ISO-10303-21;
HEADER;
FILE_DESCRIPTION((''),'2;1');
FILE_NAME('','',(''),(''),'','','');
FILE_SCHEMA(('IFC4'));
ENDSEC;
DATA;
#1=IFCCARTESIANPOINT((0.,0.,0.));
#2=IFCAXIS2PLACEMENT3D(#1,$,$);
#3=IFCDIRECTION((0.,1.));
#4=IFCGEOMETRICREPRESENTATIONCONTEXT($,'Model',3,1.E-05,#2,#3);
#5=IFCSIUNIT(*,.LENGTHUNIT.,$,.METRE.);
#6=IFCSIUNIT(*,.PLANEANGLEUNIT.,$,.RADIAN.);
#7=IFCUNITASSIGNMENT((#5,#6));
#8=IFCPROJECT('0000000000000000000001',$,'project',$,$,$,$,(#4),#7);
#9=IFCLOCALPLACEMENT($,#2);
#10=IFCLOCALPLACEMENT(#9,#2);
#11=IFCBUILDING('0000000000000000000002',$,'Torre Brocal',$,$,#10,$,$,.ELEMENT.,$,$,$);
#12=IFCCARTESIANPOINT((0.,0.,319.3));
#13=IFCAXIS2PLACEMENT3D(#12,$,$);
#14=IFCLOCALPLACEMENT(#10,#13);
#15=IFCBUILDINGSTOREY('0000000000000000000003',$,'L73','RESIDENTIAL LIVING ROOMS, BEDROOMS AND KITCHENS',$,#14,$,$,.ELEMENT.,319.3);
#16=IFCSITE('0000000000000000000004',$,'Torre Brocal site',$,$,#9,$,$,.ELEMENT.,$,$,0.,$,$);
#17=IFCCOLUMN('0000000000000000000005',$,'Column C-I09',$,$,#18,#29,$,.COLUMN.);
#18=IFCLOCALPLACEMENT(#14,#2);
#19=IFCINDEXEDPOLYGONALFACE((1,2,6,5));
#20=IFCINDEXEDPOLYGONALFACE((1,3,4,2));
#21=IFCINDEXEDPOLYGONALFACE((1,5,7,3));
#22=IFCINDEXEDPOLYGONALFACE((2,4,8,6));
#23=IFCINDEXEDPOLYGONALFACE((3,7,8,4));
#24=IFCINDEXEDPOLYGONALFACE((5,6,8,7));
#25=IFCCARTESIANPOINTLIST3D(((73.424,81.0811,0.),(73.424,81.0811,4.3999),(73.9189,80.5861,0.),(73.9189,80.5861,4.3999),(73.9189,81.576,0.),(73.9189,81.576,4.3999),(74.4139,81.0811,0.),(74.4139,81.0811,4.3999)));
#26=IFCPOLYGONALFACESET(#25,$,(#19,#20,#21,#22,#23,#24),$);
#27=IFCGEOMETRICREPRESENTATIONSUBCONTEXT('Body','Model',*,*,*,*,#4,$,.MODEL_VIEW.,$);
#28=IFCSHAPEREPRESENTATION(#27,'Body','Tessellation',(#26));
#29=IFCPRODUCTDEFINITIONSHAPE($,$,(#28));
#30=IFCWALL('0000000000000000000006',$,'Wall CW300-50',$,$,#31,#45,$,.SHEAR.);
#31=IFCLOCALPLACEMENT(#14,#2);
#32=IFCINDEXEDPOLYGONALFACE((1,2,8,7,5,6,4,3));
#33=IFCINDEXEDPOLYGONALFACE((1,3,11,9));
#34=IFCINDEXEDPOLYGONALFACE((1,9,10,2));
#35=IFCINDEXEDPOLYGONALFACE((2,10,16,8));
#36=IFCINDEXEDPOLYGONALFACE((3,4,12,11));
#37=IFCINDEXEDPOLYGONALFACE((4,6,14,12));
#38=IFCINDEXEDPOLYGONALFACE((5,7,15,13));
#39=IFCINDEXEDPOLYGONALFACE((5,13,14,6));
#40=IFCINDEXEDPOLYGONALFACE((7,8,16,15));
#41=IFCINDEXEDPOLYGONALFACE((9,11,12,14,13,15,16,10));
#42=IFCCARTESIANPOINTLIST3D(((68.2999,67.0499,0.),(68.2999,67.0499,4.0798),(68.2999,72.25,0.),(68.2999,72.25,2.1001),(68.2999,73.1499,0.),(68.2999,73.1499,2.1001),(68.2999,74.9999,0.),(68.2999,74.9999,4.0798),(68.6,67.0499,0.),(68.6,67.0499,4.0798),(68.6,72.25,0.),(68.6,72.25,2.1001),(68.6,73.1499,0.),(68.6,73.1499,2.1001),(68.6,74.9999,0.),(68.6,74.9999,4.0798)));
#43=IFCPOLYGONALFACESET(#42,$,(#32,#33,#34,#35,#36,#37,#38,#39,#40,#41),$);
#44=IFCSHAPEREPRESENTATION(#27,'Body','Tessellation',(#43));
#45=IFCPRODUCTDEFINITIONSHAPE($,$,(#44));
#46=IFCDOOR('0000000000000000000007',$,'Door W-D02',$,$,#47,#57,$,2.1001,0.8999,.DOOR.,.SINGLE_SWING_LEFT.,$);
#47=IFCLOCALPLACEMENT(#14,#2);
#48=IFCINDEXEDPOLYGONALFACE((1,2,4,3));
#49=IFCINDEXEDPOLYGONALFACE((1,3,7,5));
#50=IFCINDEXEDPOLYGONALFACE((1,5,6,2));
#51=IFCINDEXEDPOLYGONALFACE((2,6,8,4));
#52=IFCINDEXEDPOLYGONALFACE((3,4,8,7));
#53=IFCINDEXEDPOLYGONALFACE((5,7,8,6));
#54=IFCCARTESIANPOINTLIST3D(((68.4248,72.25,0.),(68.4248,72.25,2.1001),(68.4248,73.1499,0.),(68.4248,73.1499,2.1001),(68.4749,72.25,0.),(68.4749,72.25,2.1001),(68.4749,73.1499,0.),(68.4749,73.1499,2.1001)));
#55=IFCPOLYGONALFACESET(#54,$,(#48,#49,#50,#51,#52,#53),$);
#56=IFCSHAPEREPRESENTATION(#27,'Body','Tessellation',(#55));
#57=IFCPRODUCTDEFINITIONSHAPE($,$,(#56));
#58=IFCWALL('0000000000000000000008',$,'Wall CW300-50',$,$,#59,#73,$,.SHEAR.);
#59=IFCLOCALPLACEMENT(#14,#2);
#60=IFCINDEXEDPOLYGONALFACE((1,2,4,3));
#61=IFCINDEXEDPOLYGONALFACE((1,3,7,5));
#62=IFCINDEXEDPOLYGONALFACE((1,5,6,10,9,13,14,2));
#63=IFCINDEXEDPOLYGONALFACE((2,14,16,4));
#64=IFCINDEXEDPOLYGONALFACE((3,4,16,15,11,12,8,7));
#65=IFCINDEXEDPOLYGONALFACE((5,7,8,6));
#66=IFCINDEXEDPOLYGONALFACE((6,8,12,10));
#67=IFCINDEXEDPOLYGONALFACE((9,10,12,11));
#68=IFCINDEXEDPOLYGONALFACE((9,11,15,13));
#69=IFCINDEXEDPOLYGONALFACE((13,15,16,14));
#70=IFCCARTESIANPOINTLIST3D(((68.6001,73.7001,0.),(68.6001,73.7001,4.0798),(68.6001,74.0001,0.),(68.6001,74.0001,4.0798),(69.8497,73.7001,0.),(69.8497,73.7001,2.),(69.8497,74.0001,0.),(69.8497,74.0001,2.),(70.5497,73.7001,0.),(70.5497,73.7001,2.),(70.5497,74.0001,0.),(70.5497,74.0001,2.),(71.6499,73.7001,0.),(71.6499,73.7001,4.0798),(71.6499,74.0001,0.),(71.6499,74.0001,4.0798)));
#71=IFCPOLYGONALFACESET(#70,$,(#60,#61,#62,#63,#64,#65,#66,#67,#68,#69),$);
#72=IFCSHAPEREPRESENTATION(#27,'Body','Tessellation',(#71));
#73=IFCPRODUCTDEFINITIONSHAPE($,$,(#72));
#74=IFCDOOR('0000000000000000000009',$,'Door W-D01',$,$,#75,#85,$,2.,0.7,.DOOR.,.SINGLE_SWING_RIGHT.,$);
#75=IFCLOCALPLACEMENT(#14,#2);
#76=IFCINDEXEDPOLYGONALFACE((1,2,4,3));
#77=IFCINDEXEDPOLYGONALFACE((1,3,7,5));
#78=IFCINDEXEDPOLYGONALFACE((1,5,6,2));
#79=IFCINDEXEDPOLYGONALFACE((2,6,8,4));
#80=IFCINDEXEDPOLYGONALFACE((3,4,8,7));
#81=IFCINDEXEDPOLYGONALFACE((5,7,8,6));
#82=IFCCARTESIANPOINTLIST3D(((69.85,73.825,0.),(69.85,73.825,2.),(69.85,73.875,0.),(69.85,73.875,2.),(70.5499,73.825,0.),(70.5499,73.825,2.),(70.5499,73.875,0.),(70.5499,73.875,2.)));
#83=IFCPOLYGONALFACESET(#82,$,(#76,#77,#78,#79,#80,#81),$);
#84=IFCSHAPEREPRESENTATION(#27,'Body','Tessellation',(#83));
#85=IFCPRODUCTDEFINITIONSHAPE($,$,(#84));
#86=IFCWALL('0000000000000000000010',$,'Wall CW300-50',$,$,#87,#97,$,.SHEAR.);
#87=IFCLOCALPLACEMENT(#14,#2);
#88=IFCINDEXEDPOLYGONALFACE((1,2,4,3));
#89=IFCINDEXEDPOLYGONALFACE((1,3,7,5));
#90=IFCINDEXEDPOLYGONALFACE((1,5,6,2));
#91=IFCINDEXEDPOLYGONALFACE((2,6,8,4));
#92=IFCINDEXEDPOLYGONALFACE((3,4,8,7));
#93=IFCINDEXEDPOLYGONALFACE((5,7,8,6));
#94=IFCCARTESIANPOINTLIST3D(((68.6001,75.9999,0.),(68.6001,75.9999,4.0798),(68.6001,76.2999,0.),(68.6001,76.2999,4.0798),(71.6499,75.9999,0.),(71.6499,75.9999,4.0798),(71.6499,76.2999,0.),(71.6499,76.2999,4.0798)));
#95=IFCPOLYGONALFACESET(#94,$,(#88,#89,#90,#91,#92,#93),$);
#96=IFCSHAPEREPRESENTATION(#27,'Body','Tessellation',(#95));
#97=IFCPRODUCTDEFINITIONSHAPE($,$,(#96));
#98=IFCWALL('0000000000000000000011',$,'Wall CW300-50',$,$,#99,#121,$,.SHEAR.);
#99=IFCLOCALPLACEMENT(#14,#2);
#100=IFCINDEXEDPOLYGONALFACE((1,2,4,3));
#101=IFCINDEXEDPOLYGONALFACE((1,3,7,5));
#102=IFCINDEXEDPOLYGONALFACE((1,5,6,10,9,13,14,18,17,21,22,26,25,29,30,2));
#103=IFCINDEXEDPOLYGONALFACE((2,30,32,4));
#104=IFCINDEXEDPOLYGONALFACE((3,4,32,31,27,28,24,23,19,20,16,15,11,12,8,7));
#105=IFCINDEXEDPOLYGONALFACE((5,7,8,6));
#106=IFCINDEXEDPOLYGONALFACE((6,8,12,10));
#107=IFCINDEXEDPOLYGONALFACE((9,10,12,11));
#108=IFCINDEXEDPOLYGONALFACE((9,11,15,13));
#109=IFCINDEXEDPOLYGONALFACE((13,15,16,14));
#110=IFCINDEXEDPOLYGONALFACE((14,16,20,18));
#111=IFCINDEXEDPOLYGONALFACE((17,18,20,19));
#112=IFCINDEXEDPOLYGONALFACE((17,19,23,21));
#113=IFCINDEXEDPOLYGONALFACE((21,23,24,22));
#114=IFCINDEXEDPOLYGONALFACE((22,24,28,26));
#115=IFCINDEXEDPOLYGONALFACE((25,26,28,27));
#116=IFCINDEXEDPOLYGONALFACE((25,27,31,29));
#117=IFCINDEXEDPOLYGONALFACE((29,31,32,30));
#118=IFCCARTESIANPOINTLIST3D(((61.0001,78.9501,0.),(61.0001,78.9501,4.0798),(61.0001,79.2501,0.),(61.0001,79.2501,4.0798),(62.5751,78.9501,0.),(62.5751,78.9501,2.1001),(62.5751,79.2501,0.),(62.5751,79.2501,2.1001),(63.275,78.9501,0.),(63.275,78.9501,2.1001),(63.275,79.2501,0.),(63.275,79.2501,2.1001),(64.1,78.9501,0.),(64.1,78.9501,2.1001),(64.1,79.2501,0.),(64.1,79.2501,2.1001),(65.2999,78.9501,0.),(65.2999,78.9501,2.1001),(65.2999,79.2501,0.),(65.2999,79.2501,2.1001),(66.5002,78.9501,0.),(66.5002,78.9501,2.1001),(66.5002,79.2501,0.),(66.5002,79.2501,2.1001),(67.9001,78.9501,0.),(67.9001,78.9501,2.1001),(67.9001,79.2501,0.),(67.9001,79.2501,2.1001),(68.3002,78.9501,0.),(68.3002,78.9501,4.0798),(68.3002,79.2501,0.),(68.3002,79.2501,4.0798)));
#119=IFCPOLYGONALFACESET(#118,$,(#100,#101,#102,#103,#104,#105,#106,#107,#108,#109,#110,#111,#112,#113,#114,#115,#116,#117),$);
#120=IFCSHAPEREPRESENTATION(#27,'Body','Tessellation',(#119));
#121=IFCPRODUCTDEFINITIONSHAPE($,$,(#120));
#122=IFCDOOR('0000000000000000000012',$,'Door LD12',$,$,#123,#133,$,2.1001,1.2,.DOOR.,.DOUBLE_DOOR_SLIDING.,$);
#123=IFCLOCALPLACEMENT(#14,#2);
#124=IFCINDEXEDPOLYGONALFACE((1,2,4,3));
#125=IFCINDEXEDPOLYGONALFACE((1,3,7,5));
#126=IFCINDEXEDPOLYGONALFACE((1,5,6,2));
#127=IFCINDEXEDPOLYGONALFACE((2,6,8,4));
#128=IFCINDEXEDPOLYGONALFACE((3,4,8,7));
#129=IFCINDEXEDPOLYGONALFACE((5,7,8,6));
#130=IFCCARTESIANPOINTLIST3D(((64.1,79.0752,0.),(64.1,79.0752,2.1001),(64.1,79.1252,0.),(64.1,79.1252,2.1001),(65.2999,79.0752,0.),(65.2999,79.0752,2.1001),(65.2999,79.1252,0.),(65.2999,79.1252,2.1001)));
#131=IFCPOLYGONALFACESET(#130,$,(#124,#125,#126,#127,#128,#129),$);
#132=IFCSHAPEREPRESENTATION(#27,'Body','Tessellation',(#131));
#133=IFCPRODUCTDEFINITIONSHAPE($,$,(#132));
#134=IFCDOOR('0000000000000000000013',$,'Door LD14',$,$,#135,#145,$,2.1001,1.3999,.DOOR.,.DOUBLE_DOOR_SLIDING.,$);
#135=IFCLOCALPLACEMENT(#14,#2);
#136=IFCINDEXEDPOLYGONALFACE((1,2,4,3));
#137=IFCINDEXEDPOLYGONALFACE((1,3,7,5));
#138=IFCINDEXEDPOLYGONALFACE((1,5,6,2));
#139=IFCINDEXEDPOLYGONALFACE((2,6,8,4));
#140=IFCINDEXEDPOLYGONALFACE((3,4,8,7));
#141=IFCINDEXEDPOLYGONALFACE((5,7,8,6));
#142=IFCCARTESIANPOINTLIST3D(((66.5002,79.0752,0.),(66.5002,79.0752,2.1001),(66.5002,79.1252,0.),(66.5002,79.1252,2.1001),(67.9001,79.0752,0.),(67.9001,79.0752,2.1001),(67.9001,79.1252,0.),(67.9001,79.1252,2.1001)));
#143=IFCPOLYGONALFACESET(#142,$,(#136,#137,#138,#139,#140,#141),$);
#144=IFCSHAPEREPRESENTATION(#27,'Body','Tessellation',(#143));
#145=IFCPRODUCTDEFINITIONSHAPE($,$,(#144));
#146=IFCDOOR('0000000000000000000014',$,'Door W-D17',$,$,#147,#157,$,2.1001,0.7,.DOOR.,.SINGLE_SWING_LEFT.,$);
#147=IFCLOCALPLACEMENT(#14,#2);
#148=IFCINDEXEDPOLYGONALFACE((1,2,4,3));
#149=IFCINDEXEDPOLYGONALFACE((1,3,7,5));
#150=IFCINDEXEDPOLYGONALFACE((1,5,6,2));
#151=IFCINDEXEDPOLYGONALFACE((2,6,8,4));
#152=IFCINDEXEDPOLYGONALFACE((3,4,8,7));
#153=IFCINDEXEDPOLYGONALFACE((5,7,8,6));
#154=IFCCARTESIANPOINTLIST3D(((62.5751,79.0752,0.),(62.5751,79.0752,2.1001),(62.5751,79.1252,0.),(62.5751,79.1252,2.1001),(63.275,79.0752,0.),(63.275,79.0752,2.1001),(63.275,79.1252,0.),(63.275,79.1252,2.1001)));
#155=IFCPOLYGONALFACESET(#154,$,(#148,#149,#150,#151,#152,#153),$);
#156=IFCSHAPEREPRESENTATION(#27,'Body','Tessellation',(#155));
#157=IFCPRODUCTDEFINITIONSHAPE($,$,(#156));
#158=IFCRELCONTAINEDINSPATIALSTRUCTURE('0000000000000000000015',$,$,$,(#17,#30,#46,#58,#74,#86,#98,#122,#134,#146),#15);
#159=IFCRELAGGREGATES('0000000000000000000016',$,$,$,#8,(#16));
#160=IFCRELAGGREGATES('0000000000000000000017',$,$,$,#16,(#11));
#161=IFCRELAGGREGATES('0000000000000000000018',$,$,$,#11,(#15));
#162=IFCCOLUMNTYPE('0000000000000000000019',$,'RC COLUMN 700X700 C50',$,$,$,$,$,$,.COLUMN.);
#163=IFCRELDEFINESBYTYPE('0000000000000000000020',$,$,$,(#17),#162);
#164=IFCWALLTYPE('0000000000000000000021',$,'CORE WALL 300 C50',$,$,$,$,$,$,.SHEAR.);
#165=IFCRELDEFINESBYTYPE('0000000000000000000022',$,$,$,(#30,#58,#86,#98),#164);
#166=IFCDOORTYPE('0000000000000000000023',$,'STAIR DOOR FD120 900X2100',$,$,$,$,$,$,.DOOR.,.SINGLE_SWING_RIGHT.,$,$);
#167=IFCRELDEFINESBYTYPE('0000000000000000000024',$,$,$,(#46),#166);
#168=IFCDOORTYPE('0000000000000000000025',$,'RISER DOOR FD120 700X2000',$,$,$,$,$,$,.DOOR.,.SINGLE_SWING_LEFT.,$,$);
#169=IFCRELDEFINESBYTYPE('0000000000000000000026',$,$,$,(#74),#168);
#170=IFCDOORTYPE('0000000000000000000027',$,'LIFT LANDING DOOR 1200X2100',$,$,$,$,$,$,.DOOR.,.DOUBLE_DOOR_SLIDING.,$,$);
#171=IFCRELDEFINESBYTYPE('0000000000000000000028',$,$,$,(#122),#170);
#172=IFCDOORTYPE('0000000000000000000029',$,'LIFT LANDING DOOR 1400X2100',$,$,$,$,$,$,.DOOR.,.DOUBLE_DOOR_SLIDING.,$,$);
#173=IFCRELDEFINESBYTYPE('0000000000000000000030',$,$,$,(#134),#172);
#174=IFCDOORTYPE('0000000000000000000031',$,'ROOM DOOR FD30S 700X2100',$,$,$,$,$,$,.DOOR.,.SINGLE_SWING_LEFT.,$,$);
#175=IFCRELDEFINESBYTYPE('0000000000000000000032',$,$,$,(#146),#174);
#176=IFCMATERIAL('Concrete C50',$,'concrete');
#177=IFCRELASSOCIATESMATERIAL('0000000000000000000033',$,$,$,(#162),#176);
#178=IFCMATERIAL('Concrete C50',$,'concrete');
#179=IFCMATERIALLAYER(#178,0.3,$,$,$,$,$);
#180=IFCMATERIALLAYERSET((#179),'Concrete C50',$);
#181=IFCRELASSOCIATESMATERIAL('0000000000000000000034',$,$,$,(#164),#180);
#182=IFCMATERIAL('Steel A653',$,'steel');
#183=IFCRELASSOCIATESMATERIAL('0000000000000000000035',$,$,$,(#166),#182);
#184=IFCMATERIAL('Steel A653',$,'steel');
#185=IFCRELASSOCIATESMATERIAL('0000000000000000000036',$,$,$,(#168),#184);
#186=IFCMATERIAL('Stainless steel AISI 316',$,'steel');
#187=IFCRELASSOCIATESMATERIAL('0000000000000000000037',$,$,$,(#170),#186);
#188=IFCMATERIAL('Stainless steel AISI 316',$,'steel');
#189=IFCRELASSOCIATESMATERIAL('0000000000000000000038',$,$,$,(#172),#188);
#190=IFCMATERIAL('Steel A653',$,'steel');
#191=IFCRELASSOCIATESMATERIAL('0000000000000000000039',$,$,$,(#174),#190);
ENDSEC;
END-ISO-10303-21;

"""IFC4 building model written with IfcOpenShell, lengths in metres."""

from ifc_helpers import new_model, si_unit, direction, frame, frame_2d, origin, origin_2d, place, context, subcontext, project, spatial, rectangle, extrude, material, layer, layer_set, material_profile, profile_set, type_object, element, fill, save


model = new_model("IFC4")

# Units and contexts
model_context = context("Model", 3, precision=1e-05, world=origin(), true_north=direction((0.0, 1.0)))
body_context = subcontext(model_context, "Body", "Model", "MODEL_VIEW")
ifc_project = project(units=[si_unit("LENGTHUNIT", "METRE"), si_unit("PLANEANGLEUNIT", "RADIAN")], contexts=[model_context])

# Site, building, storey
site_placement = place(None, origin())
site = spatial("IfcSite", under=ifc_project, at=site_placement, Name="Torre Brocal site", CompositionType="ELEMENT", RefElevation=0.0)
building_placement = place(site_placement, origin())
building = spatial("IfcBuilding", under=site, at=building_placement, Name="Torre Brocal", CompositionType="ELEMENT")
storey_placement = place(building_placement, frame((0.0, 0.0, 319.3)))
storey = spatial("IfcBuildingStorey", under=building, at=storey_placement, Name="L73", Description="RESIDENTIAL LIVING ROOMS, BEDROOMS AND KITCHENS", CompositionType="ELEMENT", Elevation=319.3)

# Column
ifc_material_1 = material(Name="Concrete C50", Category="concrete")
ifc_material_profile = material_profile(ifc_material_1, rectangle(XDim=0.7, YDim=0.7, at=origin_2d()), Name="RC 700X700")
ifc_profile_set = profile_set([ifc_material_profile], Name="Concrete C50")
column_type = type_object("IfcColumnType", Name="RC COLUMN 700X700 C50", PredefinedType="COLUMN", material=ifc_profile_set)
column_placement = place(storey_placement, frame((73.9189, 81.0811, 0.0), z_axis=(0.0, 0.0, 1.0), x_axis=(-0.707107, 0.707107, 0.0)))
element("IfcColumn", 1, at=column_placement, inside=storey, type_object=column_type, Name="Column C-I09", PredefinedType="COLUMN", context=body_context, shape_type="SweptSolid", body=[
    extrude(rectangle(XDim=0.7, YDim=0.7, at=origin_2d()), origin(), (0.0, 0.0, 1.0), 4.3999),
])

# Walls, openings, doors
ifc_material_2 = material(Name="Concrete C50", Category="concrete")
ifc_layer_1 = layer(ifc_material_2, 0.3)
ifc_layer_set_1 = layer_set([ifc_layer_1], Name="Concrete C50")
wall_type_1 = type_object("IfcWallType", Name="CORE WALL 300 C50", PredefinedType="SHEAR", material=ifc_layer_set_1)
wall_1_placement = place(storey_placement, frame((68.45, 75.0, 0.0), z_axis=(0.0, 0.0, 1.0), x_axis=(0.0, -1.0, 0.0)))
wall_1 = element("IfcWall", 2, at=wall_1_placement, inside=storey, type_object=wall_type_1, Name="Wall CW300-50", PredefinedType="SHEAR", context=body_context, shape_type="SweptSolid", body=[
    extrude(rectangle(XDim=7.95, YDim=0.3, at=frame_2d((3.9751, 0.0))), origin(), (0.0, 0.0, 1.0), 4.0798),
])
opening_1_placement = place(wall_1_placement, frame((1.8501, 0.0, 0.0)))
opening_1 = element("IfcOpeningElement", 3, at=opening_1_placement, cuts=wall_1, PredefinedType="OPENING", context=body_context, shape_type="SweptSolid", body=[
    extrude(rectangle(XDim=0.8999, YDim=2.1001, at=frame_2d((0.45, 1.05))), frame((0.0, 0.1599, 0.0), z_axis=(0.0, -1.0, 0.0), x_axis=(1.0, 0.0, 0.0)), (0.0, 0.0, 1.0), 0.3201),
])
ifc_material_3 = material(Name="Steel A653", Category="steel")
door_type_1 = type_object("IfcDoorType", Name="STAIR DOOR FD120 900X2100", OperationType="SINGLE_SWING_RIGHT", PredefinedType="DOOR", material=ifc_material_3)
door_1_placement = place(opening_1_placement, origin())
door_1 = element("IfcDoor", 4, at=door_1_placement, inside=storey, type_object=door_type_1, Name="Door W-D02", OperationType="SINGLE_SWING_LEFT", OverallHeight=2.1001, OverallWidth=0.8999, PredefinedType="DOOR", context=body_context, shape_type="SweptSolid", body=[
    extrude(rectangle(XDim=0.8999, YDim=2.1001, at=frame_2d((0.45, 1.05))), frame((0.0, 0.0249, 0.0), z_axis=(0.0, -1.0, 0.0), x_axis=(1.0, 0.0, 0.0)), (0.0, 0.0, 1.0), 0.05),
])
fill(opening_1, door_1)
wall_2_placement = place(storey_placement, frame((71.6499, 73.8501, 0.0), z_axis=(0.0, 0.0, 1.0), x_axis=(-1.0, 0.0, 0.0)))
wall_2 = element("IfcWall", 5, at=wall_2_placement, inside=storey, type_object=wall_type_1, Name="Wall CW300-50", PredefinedType="SHEAR", context=body_context, shape_type="SweptSolid", body=[
    extrude(rectangle(XDim=3.0498, YDim=0.3, at=frame_2d((1.5249, 0.0))), origin(), (0.0, 0.0, 1.0), 4.0798),
])
opening_2_placement = place(wall_2_placement, frame((1.1001, 0.0, 0.0)))
opening_2 = element("IfcOpeningElement", 6, at=opening_2_placement, cuts=wall_2, PredefinedType="OPENING", context=body_context, shape_type="SweptSolid", body=[
    extrude(rectangle(XDim=0.7, YDim=2.0, at=frame_2d((0.3501, 1.0))), frame((0.0, 0.1599, 0.0), z_axis=(0.0, -1.0, 0.0), x_axis=(1.0, 0.0, 0.0)), (0.0, 0.0, 1.0), 0.3201),
])
ifc_material_4 = material(Name="Steel A653", Category="steel")
door_type_2 = type_object("IfcDoorType", Name="RISER DOOR FD120 700X2000", OperationType="SINGLE_SWING_LEFT", PredefinedType="DOOR", material=ifc_material_4)
door_2_placement = place(opening_2_placement, frame((0.7, 0.0, 0.0), z_axis=(0.0, 0.0, 1.0), x_axis=(-1.0, 0.0, 0.0)))
door_2 = element("IfcDoor", 7, at=door_2_placement, inside=storey, type_object=door_type_2, Name="Door W-D01", OperationType="SINGLE_SWING_RIGHT", OverallHeight=2.0, OverallWidth=0.7, PredefinedType="DOOR", context=body_context, shape_type="SweptSolid", body=[
    extrude(rectangle(XDim=0.7, YDim=2.0, at=frame_2d((0.3501, 1.0))), frame((0.0, 0.0249, 0.0), z_axis=(0.0, -1.0, 0.0), x_axis=(1.0, 0.0, 0.0)), (0.0, 0.0, 1.0), 0.05),
])
fill(opening_2, door_2)

# Wall
wall_3_placement = place(storey_placement, frame((71.6499, 76.1499, 0.0), z_axis=(0.0, 0.0, 1.0), x_axis=(-1.0, 0.0, 0.0)))
element("IfcWall", 8, at=wall_3_placement, inside=storey, type_object=wall_type_1, Name="Wall CW300-50", PredefinedType="SHEAR", context=body_context, shape_type="SweptSolid", body=[
    extrude(rectangle(XDim=3.0498, YDim=0.3, at=frame_2d((1.5249, 0.0))), origin(), (0.0, 0.0, 1.0), 4.0798),
])

# Wall, openings, doors
wall_4_placement = place(storey_placement, frame((68.3, 79.1001, 0.0), z_axis=(0.0, 0.0, 1.0), x_axis=(-1.0, 0.0, 0.0)))
wall_4 = element("IfcWall", 9, at=wall_4_placement, inside=storey, type_object=wall_type_1, Name="Wall CW300-50", PredefinedType="SHEAR", context=body_context, shape_type="SweptSolid", body=[
    extrude(rectangle(XDim=7.3, YDim=0.3, at=frame_2d((3.6499, 0.0))), origin(), (0.0, 0.0, 1.0), 4.0798),
])
opening_3_placement = place(wall_4_placement, frame((0.3999, 0.0, 0.0)))
opening_3 = element("IfcOpeningElement", 10, at=opening_3_placement, cuts=wall_4, PredefinedType="OPENING", context=body_context, shape_type="SweptSolid", body=[
    extrude(rectangle(XDim=1.3999, YDim=2.1001, at=frame_2d((0.7, 1.05))), frame((0.0, 0.1599, 0.0), z_axis=(0.0, -1.0, 0.0), x_axis=(1.0, 0.0, 0.0)), (0.0, 0.0, 1.0), 0.3201),
])
opening_4_placement = place(wall_4_placement, frame((3.0, 0.0, 0.0)))
opening_4 = element("IfcOpeningElement", 11, at=opening_4_placement, cuts=wall_4, PredefinedType="OPENING", context=body_context, shape_type="SweptSolid", body=[
    extrude(rectangle(XDim=1.2, YDim=2.1001, at=frame_2d((0.6001, 1.05))), frame((0.0, 0.1599, 0.0), z_axis=(0.0, -1.0, 0.0), x_axis=(1.0, 0.0, 0.0)), (0.0, 0.0, 1.0), 0.3201),
])
opening_5_placement = place(wall_4_placement, frame((5.0249, 0.0, 0.0)))
opening_5 = element("IfcOpeningElement", 12, at=opening_5_placement, cuts=wall_4, PredefinedType="OPENING", context=body_context, shape_type="SweptSolid", body=[
    extrude(rectangle(XDim=0.7, YDim=2.1001, at=frame_2d((0.3501, 1.05))), frame((0.0, 0.1599, 0.0), z_axis=(0.0, -1.0, 0.0), x_axis=(1.0, 0.0, 0.0)), (0.0, 0.0, 1.0), 0.3201),
])
ifc_material_5 = material(Name="Stainless steel AISI 316", Category="steel")
door_type_3 = type_object("IfcDoorType", Name="LIFT LANDING DOOR 1200X2100", OperationType="DOUBLE_DOOR_SLIDING", PredefinedType="DOOR", material=ifc_material_5)
door_3_placement = place(opening_4_placement, origin())
door_3 = element("IfcDoor", 13, at=door_3_placement, inside=storey, type_object=door_type_3, Name="Door LD12", OperationType="DOUBLE_DOOR_SLIDING", OverallHeight=2.1001, OverallWidth=1.2, PredefinedType="DOOR", context=body_context, shape_type="SweptSolid", body=[
    extrude(rectangle(XDim=1.2, YDim=2.1001, at=frame_2d((0.6001, 1.05))), frame((0.0, 0.0249, 0.0), z_axis=(0.0, -1.0, 0.0), x_axis=(1.0, 0.0, 0.0)), (0.0, 0.0, 1.0), 0.05),
])
fill(opening_4, door_3)
ifc_material_6 = material(Name="Stainless steel AISI 316", Category="steel")
door_type_4 = type_object("IfcDoorType", Name="LIFT LANDING DOOR 1400X2100", OperationType="DOUBLE_DOOR_SLIDING", PredefinedType="DOOR", material=ifc_material_6)
door_4_placement = place(opening_3_placement, origin())
door_4 = element("IfcDoor", 14, at=door_4_placement, inside=storey, type_object=door_type_4, Name="Door LD14", OperationType="DOUBLE_DOOR_SLIDING", OverallHeight=2.1001, OverallWidth=1.3999, PredefinedType="DOOR", context=body_context, shape_type="SweptSolid", body=[
    extrude(rectangle(XDim=1.3999, YDim=2.1001, at=frame_2d((0.7, 1.05))), frame((0.0, 0.0249, 0.0), z_axis=(0.0, -1.0, 0.0), x_axis=(1.0, 0.0, 0.0)), (0.0, 0.0, 1.0), 0.05),
])
fill(opening_3, door_4)
ifc_material_7 = material(Name="Steel A653", Category="steel")
door_type_5 = type_object("IfcDoorType", Name="ROOM DOOR FD30S 700X2100", OperationType="SINGLE_SWING_LEFT", PredefinedType="DOOR", material=ifc_material_7)
door_5_placement = place(opening_5_placement, origin())
door_5 = element("IfcDoor", 15, at=door_5_placement, inside=storey, type_object=door_type_5, Name="Door W-D17", OperationType="SINGLE_SWING_LEFT", OverallHeight=2.1001, OverallWidth=0.7, PredefinedType="DOOR", context=body_context, shape_type="SweptSolid", body=[
    extrude(rectangle(XDim=0.7, YDim=2.1001, at=frame_2d((0.3501, 1.05))), frame((0.0, 0.0249, 0.0), z_axis=(0.0, -1.0, 0.0), x_axis=(1.0, 0.0, 0.0)), (0.0, 0.0, 1.0), 0.05),
])
fill(opening_5, door_5)

save(model, "model.ifc")
